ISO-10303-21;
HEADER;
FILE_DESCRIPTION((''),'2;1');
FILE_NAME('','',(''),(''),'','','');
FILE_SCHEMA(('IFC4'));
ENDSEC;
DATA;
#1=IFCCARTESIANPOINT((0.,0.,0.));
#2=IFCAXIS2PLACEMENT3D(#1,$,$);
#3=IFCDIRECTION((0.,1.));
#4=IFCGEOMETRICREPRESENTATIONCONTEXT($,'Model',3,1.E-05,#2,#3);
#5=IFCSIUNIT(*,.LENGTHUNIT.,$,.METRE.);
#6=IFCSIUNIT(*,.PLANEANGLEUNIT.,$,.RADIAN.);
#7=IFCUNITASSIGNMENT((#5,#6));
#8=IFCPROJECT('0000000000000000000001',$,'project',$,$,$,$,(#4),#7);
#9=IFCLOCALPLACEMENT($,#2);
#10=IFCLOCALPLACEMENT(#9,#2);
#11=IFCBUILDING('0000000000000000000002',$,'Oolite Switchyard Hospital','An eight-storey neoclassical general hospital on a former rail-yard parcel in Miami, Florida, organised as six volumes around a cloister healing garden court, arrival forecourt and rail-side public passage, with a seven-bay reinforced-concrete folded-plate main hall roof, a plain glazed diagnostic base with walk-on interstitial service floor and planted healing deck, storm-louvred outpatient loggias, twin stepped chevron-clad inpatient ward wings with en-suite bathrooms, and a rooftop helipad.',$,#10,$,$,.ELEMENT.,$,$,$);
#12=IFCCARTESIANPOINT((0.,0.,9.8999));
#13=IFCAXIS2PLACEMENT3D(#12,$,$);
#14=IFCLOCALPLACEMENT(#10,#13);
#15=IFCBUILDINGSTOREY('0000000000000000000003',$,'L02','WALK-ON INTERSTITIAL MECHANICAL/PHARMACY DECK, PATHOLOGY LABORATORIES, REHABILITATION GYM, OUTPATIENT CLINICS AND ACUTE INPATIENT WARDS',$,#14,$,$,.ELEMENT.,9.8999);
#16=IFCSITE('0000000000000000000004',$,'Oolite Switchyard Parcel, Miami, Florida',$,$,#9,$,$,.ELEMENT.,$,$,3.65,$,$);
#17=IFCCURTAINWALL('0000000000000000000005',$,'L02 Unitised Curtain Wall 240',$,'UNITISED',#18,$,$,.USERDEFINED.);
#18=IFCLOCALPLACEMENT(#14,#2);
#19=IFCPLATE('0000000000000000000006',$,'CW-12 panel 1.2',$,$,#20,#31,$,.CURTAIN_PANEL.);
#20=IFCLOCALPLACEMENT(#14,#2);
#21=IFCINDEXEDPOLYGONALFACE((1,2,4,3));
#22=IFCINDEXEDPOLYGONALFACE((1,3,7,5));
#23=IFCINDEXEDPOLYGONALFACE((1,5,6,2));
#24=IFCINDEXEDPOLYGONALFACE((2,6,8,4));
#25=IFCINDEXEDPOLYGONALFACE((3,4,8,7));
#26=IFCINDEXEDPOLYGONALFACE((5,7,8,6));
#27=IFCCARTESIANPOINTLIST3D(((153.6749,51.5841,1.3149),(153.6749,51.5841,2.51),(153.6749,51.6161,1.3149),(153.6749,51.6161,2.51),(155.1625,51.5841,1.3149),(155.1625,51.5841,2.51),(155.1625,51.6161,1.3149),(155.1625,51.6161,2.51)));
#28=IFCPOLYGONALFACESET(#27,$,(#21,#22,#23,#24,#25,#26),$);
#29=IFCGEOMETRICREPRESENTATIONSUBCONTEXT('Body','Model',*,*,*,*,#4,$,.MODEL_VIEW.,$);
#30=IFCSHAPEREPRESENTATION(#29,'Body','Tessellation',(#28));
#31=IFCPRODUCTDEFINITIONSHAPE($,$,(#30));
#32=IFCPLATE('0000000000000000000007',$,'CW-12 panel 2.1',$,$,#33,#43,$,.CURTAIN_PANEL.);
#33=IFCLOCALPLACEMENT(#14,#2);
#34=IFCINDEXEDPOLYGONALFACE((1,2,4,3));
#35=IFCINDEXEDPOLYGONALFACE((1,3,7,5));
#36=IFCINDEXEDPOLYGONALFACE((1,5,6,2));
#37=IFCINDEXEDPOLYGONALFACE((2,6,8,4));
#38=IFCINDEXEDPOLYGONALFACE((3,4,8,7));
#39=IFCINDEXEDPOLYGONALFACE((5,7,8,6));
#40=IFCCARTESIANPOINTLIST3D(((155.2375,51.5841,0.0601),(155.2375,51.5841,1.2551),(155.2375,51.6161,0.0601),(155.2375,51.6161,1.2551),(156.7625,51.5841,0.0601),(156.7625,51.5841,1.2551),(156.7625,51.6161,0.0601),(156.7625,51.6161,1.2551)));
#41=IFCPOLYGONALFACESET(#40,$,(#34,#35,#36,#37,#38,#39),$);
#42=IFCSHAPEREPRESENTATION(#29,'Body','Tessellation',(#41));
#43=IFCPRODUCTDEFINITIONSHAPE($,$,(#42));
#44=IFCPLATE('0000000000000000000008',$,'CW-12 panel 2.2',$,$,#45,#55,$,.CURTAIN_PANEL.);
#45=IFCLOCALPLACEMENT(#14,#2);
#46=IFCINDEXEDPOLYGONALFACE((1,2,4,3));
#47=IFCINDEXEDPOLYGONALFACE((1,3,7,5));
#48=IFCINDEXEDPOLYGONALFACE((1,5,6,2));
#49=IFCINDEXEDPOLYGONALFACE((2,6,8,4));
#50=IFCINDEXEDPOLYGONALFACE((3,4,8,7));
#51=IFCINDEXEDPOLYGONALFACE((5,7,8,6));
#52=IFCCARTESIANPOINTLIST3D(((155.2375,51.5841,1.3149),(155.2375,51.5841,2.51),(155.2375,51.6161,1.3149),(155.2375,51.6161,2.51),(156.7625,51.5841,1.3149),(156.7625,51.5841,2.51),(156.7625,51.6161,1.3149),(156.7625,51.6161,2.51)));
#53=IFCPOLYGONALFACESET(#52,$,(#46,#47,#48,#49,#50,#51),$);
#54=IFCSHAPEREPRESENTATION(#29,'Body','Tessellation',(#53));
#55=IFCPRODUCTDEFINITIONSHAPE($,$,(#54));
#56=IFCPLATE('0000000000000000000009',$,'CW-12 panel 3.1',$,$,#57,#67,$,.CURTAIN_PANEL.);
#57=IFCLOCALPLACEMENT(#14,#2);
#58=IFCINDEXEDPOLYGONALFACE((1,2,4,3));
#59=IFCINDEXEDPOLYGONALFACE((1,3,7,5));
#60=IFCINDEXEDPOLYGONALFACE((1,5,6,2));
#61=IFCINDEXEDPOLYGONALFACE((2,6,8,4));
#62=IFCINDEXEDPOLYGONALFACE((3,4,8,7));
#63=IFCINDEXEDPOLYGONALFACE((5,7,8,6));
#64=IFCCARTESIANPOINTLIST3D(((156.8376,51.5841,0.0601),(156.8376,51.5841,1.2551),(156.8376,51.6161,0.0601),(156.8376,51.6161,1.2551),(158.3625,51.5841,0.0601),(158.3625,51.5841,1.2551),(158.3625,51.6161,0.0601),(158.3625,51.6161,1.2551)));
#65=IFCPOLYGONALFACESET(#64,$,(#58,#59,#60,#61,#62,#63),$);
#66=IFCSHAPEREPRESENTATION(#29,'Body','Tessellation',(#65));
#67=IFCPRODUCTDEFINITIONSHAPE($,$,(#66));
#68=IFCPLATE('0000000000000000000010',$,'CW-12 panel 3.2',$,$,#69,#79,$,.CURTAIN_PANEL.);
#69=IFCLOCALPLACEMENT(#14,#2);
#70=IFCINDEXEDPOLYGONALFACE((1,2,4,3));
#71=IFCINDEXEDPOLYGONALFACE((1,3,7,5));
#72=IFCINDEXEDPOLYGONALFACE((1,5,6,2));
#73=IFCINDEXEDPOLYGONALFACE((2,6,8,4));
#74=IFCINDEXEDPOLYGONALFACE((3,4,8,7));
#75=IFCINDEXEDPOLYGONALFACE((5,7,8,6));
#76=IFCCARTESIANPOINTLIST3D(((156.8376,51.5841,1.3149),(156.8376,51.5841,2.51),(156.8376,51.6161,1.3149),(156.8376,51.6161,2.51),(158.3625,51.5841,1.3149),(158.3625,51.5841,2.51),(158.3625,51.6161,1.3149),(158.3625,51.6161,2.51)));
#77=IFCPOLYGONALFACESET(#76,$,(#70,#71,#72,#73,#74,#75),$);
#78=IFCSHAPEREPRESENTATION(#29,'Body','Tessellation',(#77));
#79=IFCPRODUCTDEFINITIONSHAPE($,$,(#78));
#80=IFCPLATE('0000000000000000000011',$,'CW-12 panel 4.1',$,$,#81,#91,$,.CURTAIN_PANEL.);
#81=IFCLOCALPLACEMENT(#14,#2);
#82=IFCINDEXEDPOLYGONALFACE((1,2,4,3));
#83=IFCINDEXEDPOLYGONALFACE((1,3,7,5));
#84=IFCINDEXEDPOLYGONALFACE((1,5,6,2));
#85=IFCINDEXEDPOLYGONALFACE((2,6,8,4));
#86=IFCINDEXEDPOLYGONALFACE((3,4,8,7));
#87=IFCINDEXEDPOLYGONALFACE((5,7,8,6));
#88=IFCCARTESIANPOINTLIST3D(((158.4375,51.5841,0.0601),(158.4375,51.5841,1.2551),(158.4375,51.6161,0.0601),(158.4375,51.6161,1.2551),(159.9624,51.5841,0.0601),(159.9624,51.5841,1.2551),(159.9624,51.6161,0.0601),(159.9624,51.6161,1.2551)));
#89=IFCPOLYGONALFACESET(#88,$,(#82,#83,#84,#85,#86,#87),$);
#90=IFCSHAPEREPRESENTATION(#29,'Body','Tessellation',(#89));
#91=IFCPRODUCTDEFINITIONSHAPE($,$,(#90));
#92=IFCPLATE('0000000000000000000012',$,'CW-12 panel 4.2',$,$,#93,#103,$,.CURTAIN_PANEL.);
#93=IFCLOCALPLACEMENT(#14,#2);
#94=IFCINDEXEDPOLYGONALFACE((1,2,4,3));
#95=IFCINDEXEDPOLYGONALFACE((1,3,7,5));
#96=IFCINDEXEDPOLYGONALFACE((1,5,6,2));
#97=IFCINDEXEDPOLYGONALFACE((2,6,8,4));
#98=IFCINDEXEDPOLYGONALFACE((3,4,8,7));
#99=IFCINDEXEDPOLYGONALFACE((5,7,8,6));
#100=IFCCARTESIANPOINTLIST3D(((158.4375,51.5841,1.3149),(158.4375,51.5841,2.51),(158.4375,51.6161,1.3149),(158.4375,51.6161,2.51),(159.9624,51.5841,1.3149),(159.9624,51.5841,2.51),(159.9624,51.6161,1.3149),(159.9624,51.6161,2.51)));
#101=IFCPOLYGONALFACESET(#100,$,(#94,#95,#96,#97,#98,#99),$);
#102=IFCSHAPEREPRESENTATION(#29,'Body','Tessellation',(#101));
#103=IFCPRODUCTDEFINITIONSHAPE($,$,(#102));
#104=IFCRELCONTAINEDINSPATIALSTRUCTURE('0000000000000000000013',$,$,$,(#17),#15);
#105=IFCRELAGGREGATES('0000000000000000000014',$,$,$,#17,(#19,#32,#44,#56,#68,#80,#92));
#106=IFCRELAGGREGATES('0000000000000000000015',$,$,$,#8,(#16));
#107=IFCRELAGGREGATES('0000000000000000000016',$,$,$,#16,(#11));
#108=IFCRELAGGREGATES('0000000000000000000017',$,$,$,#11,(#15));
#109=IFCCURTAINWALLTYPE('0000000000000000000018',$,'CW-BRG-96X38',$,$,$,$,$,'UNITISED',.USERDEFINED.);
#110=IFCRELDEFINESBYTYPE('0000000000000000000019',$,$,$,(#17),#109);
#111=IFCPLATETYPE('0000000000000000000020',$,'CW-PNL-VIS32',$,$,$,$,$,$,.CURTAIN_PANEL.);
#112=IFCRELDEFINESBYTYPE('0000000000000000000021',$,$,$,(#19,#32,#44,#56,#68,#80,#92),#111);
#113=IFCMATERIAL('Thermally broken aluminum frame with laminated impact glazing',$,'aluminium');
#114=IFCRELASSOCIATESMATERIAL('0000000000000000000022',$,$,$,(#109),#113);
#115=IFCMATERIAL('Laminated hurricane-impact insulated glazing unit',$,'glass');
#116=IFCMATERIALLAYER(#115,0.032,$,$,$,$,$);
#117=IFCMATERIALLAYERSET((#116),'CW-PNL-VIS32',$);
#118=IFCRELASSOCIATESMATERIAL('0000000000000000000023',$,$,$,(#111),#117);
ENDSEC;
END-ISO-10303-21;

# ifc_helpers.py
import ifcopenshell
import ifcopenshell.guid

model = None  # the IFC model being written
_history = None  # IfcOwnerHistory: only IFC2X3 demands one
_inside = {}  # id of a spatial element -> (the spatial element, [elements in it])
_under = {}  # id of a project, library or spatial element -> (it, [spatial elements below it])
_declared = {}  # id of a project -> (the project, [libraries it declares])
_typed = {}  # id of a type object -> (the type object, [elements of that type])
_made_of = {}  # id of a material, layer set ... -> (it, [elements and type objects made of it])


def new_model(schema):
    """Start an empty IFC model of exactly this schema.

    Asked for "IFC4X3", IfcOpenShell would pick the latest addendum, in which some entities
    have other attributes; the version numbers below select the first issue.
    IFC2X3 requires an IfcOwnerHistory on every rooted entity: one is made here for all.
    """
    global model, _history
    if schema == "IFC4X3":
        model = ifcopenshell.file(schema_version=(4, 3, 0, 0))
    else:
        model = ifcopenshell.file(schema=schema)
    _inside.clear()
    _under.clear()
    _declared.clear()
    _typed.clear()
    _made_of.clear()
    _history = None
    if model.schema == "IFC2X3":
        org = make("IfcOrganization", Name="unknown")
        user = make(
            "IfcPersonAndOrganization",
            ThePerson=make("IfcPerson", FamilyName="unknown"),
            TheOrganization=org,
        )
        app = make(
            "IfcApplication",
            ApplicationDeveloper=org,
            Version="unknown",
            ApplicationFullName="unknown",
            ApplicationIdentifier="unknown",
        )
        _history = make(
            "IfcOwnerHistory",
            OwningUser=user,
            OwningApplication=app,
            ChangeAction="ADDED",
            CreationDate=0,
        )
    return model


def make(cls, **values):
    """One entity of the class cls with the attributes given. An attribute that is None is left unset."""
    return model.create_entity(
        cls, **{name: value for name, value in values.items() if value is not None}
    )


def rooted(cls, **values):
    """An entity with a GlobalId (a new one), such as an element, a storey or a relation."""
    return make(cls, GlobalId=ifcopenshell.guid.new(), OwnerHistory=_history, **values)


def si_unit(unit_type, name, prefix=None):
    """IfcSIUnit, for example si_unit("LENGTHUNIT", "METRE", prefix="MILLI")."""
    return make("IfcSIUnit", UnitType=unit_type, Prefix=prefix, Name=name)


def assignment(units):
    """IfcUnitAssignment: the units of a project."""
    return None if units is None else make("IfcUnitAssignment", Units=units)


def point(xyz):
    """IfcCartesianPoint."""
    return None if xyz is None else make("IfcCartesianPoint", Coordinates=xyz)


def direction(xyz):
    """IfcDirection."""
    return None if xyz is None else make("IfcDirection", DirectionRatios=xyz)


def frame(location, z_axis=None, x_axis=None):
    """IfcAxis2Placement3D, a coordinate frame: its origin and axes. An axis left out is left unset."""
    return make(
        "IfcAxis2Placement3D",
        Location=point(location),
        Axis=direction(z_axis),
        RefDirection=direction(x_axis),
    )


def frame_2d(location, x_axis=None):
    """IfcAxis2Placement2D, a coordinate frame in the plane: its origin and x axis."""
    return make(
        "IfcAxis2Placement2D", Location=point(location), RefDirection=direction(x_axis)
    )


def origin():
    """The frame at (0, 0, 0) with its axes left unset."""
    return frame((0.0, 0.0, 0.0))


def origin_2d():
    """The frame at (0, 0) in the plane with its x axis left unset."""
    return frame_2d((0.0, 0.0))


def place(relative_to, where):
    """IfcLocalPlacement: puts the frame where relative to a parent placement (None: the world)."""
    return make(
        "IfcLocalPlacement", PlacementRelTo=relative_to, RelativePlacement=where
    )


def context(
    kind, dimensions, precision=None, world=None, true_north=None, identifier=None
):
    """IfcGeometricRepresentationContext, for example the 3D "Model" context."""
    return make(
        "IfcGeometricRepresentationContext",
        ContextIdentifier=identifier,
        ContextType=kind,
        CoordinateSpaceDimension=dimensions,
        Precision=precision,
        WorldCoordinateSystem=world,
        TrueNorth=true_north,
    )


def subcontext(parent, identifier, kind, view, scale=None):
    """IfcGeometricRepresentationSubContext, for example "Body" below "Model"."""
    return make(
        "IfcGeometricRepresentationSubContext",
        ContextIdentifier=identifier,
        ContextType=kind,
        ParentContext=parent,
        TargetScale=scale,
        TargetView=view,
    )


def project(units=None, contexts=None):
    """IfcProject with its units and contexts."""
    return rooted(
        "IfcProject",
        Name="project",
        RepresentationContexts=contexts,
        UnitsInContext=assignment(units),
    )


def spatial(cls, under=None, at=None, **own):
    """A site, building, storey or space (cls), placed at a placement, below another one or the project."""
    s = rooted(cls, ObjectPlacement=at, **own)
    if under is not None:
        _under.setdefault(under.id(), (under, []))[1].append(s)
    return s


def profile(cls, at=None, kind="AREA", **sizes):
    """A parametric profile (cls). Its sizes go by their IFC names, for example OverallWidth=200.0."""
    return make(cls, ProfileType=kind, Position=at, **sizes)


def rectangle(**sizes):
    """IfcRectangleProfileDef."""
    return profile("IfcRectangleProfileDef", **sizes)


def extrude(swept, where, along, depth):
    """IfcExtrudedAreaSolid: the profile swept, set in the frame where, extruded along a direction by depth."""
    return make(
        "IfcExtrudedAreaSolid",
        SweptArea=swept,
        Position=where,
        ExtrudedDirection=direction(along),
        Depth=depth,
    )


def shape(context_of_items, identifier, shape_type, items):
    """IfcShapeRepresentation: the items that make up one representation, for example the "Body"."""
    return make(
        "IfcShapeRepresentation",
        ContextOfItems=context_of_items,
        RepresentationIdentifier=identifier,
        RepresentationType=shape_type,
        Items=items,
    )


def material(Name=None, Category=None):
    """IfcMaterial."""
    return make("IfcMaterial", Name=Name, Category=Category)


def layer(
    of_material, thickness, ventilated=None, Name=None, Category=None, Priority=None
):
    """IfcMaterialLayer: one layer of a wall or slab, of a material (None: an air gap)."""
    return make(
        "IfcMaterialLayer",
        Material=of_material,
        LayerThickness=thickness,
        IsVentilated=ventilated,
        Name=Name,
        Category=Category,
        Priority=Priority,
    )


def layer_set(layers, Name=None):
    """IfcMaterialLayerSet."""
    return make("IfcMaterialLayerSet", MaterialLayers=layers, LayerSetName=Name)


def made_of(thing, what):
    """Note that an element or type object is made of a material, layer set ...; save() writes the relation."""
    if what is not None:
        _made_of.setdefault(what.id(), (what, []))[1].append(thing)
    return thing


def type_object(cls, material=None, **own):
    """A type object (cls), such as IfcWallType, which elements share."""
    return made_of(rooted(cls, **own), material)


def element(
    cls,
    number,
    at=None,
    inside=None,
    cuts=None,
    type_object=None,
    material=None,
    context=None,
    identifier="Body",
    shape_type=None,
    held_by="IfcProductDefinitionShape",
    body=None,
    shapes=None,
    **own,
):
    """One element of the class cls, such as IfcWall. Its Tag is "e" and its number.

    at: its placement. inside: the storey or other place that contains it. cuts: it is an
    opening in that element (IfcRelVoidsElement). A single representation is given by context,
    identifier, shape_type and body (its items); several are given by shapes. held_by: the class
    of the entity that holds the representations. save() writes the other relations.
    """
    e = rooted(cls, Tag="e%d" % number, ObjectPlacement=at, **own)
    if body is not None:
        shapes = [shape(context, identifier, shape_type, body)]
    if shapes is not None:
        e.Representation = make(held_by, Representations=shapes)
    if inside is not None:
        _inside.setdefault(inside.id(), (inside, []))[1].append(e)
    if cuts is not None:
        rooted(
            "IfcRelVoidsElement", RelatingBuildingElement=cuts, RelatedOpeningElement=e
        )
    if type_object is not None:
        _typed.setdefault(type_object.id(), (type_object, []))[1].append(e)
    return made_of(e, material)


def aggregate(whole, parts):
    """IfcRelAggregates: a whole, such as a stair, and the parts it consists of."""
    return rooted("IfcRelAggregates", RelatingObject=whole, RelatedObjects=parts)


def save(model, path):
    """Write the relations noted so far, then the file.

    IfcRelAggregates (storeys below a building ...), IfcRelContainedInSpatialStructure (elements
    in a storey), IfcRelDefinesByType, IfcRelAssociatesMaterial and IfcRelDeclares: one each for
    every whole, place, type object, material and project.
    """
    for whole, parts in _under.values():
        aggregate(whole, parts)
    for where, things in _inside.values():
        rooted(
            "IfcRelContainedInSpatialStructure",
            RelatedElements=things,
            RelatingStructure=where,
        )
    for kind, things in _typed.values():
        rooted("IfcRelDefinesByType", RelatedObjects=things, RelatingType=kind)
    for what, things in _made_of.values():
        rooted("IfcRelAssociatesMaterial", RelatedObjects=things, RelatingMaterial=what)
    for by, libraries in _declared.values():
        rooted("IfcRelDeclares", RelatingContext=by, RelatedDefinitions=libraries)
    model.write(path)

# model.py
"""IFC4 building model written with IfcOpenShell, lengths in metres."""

from ifc_helpers import new_model, si_unit, direction, frame, origin, origin_2d, place, context, subcontext, project, spatial, rectangle, extrude, material, layer, layer_set, type_object, element, aggregate, save


model = new_model("IFC4")

# Units and contexts
model_context = context("Model", 3, precision=1e-05, world=origin(), true_north=direction((0.0, 1.0)))
body_context = subcontext(model_context, "Body", "Model", "MODEL_VIEW")
ifc_project = project(units=[si_unit("LENGTHUNIT", "METRE"), si_unit("PLANEANGLEUNIT", "RADIAN")], contexts=[model_context])

# Site, building, storey
site_placement = place(None, origin())
site = spatial("IfcSite", under=ifc_project, at=site_placement, Name="Oolite Switchyard Parcel, Miami, Florida", CompositionType="ELEMENT", RefElevation=3.65)
building_placement = place(site_placement, origin())
building = spatial("IfcBuilding", under=site, at=building_placement, Name="Oolite Switchyard Hospital", Description="An eight-storey neoclassical general hospital on a former rail-yard parcel in Miami, Florida, organised as six volumes around a cloister healing garden court, arrival forecourt and rail-side public passage, with a seven-bay reinforced-concrete folded-plate main hall roof, a plain glazed diagnostic base with walk-on interstitial service floor and planted healing deck, storm-louvred outpatient loggias, twin stepped chevron-clad inpatient ward wings with en-suite bathrooms, and a rooftop helipad.", CompositionType="ELEMENT")
storey_placement = place(building_placement, frame((0.0, 0.0, 9.8999)))
storey = spatial("IfcBuildingStorey", under=building, at=storey_placement, Name="L02", Description="WALK-ON INTERSTITIAL MECHANICAL/PHARMACY DECK, PATHOLOGY LABORATORIES, REHABILITATION GYM, OUTPATIENT CLINICS AND ACUTE INPATIENT WARDS", CompositionType="ELEMENT", Elevation=9.8999)

# Curtain wall, plates
ifc_material_1 = material(Name="Thermally broken aluminum frame with laminated impact glazing", Category="aluminium")
curtain_wall_type = type_object("IfcCurtainWallType", Name="CW-BRG-96X38", ElementType="UNITISED", PredefinedType="USERDEFINED", material=ifc_material_1)
curtain_wall_placement = place(storey_placement, origin())
curtain_wall = element("IfcCurtainWall", 1, at=curtain_wall_placement, inside=storey, type_object=curtain_wall_type, Name="L02 Unitised Curtain Wall 240", ObjectType="UNITISED", PredefinedType="USERDEFINED")
ifc_material_2 = material(Name="Laminated hurricane-impact insulated glazing unit", Category="glass")
ifc_layer = layer(ifc_material_2, 0.032)
ifc_layer_set = layer_set([ifc_layer], Name="CW-PNL-VIS32")
plate_type = type_object("IfcPlateType", Name="CW-PNL-VIS32", PredefinedType="CURTAIN_PANEL", material=ifc_layer_set)
plate_1_placement = place(storey_placement, frame((154.4187, 51.6001, 1.3149), z_axis=(0.0, 0.0, 1.0), x_axis=(1.0, 0.0, 0.0)))
plate_1 = element("IfcPlate", 2, at=plate_1_placement, type_object=plate_type, Name="CW-12 panel 1.2", PredefinedType="CURTAIN_PANEL", context=body_context, shape_type="SweptSolid", body=[
    extrude(rectangle(XDim=1.4875, YDim=0.032, at=origin_2d()), origin(), (0.0, 0.0, 1.0), 1.1951),
])
plate_2_placement = place(storey_placement, frame((156.0, 51.6001, 0.0601), z_axis=(0.0, 0.0, 1.0), x_axis=(1.0, 0.0, 0.0)))
plate_2 = element("IfcPlate", 3, at=plate_2_placement, type_object=plate_type, Name="CW-12 panel 2.1", PredefinedType="CURTAIN_PANEL", context=body_context, shape_type="SweptSolid", body=[
    extrude(rectangle(XDim=1.5249, YDim=0.032, at=origin_2d()), origin(), (0.0, 0.0, 1.0), 1.1951),
])
plate_3_placement = place(storey_placement, frame((156.0, 51.6001, 1.3149), z_axis=(0.0, 0.0, 1.0), x_axis=(1.0, 0.0, 0.0)))
plate_3 = element("IfcPlate", 4, at=plate_3_placement, type_object=plate_type, Name="CW-12 panel 2.2", PredefinedType="CURTAIN_PANEL", context=body_context, shape_type="SweptSolid", body=[
    extrude(rectangle(XDim=1.5249, YDim=0.032, at=origin_2d()), origin(), (0.0, 0.0, 1.0), 1.1951),
])
plate_4_placement = place(storey_placement, frame((157.6001, 51.6001, 0.0601), z_axis=(0.0, 0.0, 1.0), x_axis=(1.0, 0.0, 0.0)))
plate_4 = element("IfcPlate", 5, at=plate_4_placement, type_object=plate_type, Name="CW-12 panel 3.1", PredefinedType="CURTAIN_PANEL", context=body_context, shape_type="SweptSolid", body=[
    extrude(rectangle(XDim=1.5249, YDim=0.032, at=origin_2d()), origin(), (0.0, 0.0, 1.0), 1.1951),
])
plate_5_placement = place(storey_placement, frame((157.6001, 51.6001, 1.3149), z_axis=(0.0, 0.0, 1.0), x_axis=(1.0, 0.0, 0.0)))
plate_5 = element("IfcPlate", 6, at=plate_5_placement, type_object=plate_type, Name="CW-12 panel 3.2", PredefinedType="CURTAIN_PANEL", context=body_context, shape_type="SweptSolid", body=[
    extrude(rectangle(XDim=1.5249, YDim=0.032, at=origin_2d()), origin(), (0.0, 0.0, 1.0), 1.1951),
])
plate_6_placement = place(storey_placement, frame((159.2, 51.6001, 0.0601), z_axis=(0.0, 0.0, 1.0), x_axis=(1.0, 0.0, 0.0)))
plate_6 = element("IfcPlate", 7, at=plate_6_placement, type_object=plate_type, Name="CW-12 panel 4.1", PredefinedType="CURTAIN_PANEL", context=body_context, shape_type="SweptSolid", body=[
    extrude(rectangle(XDim=1.5249, YDim=0.032, at=origin_2d()), origin(), (0.0, 0.0, 1.0), 1.1951),
])
plate_7_placement = place(storey_placement, frame((159.2, 51.6001, 1.3149), z_axis=(0.0, 0.0, 1.0), x_axis=(1.0, 0.0, 0.0)))
plate_7 = element("IfcPlate", 8, at=plate_7_placement, type_object=plate_type, Name="CW-12 panel 4.2", PredefinedType="CURTAIN_PANEL", context=body_context, shape_type="SweptSolid", body=[
    extrude(rectangle(XDim=1.5249, YDim=0.032, at=origin_2d()), origin(), (0.0, 0.0, 1.0), 1.1951),
])
aggregate(curtain_wall, [plate_1, plate_2, plate_3, plate_4, plate_5, plate_6, plate_7])

save(model, "model.ifc")
